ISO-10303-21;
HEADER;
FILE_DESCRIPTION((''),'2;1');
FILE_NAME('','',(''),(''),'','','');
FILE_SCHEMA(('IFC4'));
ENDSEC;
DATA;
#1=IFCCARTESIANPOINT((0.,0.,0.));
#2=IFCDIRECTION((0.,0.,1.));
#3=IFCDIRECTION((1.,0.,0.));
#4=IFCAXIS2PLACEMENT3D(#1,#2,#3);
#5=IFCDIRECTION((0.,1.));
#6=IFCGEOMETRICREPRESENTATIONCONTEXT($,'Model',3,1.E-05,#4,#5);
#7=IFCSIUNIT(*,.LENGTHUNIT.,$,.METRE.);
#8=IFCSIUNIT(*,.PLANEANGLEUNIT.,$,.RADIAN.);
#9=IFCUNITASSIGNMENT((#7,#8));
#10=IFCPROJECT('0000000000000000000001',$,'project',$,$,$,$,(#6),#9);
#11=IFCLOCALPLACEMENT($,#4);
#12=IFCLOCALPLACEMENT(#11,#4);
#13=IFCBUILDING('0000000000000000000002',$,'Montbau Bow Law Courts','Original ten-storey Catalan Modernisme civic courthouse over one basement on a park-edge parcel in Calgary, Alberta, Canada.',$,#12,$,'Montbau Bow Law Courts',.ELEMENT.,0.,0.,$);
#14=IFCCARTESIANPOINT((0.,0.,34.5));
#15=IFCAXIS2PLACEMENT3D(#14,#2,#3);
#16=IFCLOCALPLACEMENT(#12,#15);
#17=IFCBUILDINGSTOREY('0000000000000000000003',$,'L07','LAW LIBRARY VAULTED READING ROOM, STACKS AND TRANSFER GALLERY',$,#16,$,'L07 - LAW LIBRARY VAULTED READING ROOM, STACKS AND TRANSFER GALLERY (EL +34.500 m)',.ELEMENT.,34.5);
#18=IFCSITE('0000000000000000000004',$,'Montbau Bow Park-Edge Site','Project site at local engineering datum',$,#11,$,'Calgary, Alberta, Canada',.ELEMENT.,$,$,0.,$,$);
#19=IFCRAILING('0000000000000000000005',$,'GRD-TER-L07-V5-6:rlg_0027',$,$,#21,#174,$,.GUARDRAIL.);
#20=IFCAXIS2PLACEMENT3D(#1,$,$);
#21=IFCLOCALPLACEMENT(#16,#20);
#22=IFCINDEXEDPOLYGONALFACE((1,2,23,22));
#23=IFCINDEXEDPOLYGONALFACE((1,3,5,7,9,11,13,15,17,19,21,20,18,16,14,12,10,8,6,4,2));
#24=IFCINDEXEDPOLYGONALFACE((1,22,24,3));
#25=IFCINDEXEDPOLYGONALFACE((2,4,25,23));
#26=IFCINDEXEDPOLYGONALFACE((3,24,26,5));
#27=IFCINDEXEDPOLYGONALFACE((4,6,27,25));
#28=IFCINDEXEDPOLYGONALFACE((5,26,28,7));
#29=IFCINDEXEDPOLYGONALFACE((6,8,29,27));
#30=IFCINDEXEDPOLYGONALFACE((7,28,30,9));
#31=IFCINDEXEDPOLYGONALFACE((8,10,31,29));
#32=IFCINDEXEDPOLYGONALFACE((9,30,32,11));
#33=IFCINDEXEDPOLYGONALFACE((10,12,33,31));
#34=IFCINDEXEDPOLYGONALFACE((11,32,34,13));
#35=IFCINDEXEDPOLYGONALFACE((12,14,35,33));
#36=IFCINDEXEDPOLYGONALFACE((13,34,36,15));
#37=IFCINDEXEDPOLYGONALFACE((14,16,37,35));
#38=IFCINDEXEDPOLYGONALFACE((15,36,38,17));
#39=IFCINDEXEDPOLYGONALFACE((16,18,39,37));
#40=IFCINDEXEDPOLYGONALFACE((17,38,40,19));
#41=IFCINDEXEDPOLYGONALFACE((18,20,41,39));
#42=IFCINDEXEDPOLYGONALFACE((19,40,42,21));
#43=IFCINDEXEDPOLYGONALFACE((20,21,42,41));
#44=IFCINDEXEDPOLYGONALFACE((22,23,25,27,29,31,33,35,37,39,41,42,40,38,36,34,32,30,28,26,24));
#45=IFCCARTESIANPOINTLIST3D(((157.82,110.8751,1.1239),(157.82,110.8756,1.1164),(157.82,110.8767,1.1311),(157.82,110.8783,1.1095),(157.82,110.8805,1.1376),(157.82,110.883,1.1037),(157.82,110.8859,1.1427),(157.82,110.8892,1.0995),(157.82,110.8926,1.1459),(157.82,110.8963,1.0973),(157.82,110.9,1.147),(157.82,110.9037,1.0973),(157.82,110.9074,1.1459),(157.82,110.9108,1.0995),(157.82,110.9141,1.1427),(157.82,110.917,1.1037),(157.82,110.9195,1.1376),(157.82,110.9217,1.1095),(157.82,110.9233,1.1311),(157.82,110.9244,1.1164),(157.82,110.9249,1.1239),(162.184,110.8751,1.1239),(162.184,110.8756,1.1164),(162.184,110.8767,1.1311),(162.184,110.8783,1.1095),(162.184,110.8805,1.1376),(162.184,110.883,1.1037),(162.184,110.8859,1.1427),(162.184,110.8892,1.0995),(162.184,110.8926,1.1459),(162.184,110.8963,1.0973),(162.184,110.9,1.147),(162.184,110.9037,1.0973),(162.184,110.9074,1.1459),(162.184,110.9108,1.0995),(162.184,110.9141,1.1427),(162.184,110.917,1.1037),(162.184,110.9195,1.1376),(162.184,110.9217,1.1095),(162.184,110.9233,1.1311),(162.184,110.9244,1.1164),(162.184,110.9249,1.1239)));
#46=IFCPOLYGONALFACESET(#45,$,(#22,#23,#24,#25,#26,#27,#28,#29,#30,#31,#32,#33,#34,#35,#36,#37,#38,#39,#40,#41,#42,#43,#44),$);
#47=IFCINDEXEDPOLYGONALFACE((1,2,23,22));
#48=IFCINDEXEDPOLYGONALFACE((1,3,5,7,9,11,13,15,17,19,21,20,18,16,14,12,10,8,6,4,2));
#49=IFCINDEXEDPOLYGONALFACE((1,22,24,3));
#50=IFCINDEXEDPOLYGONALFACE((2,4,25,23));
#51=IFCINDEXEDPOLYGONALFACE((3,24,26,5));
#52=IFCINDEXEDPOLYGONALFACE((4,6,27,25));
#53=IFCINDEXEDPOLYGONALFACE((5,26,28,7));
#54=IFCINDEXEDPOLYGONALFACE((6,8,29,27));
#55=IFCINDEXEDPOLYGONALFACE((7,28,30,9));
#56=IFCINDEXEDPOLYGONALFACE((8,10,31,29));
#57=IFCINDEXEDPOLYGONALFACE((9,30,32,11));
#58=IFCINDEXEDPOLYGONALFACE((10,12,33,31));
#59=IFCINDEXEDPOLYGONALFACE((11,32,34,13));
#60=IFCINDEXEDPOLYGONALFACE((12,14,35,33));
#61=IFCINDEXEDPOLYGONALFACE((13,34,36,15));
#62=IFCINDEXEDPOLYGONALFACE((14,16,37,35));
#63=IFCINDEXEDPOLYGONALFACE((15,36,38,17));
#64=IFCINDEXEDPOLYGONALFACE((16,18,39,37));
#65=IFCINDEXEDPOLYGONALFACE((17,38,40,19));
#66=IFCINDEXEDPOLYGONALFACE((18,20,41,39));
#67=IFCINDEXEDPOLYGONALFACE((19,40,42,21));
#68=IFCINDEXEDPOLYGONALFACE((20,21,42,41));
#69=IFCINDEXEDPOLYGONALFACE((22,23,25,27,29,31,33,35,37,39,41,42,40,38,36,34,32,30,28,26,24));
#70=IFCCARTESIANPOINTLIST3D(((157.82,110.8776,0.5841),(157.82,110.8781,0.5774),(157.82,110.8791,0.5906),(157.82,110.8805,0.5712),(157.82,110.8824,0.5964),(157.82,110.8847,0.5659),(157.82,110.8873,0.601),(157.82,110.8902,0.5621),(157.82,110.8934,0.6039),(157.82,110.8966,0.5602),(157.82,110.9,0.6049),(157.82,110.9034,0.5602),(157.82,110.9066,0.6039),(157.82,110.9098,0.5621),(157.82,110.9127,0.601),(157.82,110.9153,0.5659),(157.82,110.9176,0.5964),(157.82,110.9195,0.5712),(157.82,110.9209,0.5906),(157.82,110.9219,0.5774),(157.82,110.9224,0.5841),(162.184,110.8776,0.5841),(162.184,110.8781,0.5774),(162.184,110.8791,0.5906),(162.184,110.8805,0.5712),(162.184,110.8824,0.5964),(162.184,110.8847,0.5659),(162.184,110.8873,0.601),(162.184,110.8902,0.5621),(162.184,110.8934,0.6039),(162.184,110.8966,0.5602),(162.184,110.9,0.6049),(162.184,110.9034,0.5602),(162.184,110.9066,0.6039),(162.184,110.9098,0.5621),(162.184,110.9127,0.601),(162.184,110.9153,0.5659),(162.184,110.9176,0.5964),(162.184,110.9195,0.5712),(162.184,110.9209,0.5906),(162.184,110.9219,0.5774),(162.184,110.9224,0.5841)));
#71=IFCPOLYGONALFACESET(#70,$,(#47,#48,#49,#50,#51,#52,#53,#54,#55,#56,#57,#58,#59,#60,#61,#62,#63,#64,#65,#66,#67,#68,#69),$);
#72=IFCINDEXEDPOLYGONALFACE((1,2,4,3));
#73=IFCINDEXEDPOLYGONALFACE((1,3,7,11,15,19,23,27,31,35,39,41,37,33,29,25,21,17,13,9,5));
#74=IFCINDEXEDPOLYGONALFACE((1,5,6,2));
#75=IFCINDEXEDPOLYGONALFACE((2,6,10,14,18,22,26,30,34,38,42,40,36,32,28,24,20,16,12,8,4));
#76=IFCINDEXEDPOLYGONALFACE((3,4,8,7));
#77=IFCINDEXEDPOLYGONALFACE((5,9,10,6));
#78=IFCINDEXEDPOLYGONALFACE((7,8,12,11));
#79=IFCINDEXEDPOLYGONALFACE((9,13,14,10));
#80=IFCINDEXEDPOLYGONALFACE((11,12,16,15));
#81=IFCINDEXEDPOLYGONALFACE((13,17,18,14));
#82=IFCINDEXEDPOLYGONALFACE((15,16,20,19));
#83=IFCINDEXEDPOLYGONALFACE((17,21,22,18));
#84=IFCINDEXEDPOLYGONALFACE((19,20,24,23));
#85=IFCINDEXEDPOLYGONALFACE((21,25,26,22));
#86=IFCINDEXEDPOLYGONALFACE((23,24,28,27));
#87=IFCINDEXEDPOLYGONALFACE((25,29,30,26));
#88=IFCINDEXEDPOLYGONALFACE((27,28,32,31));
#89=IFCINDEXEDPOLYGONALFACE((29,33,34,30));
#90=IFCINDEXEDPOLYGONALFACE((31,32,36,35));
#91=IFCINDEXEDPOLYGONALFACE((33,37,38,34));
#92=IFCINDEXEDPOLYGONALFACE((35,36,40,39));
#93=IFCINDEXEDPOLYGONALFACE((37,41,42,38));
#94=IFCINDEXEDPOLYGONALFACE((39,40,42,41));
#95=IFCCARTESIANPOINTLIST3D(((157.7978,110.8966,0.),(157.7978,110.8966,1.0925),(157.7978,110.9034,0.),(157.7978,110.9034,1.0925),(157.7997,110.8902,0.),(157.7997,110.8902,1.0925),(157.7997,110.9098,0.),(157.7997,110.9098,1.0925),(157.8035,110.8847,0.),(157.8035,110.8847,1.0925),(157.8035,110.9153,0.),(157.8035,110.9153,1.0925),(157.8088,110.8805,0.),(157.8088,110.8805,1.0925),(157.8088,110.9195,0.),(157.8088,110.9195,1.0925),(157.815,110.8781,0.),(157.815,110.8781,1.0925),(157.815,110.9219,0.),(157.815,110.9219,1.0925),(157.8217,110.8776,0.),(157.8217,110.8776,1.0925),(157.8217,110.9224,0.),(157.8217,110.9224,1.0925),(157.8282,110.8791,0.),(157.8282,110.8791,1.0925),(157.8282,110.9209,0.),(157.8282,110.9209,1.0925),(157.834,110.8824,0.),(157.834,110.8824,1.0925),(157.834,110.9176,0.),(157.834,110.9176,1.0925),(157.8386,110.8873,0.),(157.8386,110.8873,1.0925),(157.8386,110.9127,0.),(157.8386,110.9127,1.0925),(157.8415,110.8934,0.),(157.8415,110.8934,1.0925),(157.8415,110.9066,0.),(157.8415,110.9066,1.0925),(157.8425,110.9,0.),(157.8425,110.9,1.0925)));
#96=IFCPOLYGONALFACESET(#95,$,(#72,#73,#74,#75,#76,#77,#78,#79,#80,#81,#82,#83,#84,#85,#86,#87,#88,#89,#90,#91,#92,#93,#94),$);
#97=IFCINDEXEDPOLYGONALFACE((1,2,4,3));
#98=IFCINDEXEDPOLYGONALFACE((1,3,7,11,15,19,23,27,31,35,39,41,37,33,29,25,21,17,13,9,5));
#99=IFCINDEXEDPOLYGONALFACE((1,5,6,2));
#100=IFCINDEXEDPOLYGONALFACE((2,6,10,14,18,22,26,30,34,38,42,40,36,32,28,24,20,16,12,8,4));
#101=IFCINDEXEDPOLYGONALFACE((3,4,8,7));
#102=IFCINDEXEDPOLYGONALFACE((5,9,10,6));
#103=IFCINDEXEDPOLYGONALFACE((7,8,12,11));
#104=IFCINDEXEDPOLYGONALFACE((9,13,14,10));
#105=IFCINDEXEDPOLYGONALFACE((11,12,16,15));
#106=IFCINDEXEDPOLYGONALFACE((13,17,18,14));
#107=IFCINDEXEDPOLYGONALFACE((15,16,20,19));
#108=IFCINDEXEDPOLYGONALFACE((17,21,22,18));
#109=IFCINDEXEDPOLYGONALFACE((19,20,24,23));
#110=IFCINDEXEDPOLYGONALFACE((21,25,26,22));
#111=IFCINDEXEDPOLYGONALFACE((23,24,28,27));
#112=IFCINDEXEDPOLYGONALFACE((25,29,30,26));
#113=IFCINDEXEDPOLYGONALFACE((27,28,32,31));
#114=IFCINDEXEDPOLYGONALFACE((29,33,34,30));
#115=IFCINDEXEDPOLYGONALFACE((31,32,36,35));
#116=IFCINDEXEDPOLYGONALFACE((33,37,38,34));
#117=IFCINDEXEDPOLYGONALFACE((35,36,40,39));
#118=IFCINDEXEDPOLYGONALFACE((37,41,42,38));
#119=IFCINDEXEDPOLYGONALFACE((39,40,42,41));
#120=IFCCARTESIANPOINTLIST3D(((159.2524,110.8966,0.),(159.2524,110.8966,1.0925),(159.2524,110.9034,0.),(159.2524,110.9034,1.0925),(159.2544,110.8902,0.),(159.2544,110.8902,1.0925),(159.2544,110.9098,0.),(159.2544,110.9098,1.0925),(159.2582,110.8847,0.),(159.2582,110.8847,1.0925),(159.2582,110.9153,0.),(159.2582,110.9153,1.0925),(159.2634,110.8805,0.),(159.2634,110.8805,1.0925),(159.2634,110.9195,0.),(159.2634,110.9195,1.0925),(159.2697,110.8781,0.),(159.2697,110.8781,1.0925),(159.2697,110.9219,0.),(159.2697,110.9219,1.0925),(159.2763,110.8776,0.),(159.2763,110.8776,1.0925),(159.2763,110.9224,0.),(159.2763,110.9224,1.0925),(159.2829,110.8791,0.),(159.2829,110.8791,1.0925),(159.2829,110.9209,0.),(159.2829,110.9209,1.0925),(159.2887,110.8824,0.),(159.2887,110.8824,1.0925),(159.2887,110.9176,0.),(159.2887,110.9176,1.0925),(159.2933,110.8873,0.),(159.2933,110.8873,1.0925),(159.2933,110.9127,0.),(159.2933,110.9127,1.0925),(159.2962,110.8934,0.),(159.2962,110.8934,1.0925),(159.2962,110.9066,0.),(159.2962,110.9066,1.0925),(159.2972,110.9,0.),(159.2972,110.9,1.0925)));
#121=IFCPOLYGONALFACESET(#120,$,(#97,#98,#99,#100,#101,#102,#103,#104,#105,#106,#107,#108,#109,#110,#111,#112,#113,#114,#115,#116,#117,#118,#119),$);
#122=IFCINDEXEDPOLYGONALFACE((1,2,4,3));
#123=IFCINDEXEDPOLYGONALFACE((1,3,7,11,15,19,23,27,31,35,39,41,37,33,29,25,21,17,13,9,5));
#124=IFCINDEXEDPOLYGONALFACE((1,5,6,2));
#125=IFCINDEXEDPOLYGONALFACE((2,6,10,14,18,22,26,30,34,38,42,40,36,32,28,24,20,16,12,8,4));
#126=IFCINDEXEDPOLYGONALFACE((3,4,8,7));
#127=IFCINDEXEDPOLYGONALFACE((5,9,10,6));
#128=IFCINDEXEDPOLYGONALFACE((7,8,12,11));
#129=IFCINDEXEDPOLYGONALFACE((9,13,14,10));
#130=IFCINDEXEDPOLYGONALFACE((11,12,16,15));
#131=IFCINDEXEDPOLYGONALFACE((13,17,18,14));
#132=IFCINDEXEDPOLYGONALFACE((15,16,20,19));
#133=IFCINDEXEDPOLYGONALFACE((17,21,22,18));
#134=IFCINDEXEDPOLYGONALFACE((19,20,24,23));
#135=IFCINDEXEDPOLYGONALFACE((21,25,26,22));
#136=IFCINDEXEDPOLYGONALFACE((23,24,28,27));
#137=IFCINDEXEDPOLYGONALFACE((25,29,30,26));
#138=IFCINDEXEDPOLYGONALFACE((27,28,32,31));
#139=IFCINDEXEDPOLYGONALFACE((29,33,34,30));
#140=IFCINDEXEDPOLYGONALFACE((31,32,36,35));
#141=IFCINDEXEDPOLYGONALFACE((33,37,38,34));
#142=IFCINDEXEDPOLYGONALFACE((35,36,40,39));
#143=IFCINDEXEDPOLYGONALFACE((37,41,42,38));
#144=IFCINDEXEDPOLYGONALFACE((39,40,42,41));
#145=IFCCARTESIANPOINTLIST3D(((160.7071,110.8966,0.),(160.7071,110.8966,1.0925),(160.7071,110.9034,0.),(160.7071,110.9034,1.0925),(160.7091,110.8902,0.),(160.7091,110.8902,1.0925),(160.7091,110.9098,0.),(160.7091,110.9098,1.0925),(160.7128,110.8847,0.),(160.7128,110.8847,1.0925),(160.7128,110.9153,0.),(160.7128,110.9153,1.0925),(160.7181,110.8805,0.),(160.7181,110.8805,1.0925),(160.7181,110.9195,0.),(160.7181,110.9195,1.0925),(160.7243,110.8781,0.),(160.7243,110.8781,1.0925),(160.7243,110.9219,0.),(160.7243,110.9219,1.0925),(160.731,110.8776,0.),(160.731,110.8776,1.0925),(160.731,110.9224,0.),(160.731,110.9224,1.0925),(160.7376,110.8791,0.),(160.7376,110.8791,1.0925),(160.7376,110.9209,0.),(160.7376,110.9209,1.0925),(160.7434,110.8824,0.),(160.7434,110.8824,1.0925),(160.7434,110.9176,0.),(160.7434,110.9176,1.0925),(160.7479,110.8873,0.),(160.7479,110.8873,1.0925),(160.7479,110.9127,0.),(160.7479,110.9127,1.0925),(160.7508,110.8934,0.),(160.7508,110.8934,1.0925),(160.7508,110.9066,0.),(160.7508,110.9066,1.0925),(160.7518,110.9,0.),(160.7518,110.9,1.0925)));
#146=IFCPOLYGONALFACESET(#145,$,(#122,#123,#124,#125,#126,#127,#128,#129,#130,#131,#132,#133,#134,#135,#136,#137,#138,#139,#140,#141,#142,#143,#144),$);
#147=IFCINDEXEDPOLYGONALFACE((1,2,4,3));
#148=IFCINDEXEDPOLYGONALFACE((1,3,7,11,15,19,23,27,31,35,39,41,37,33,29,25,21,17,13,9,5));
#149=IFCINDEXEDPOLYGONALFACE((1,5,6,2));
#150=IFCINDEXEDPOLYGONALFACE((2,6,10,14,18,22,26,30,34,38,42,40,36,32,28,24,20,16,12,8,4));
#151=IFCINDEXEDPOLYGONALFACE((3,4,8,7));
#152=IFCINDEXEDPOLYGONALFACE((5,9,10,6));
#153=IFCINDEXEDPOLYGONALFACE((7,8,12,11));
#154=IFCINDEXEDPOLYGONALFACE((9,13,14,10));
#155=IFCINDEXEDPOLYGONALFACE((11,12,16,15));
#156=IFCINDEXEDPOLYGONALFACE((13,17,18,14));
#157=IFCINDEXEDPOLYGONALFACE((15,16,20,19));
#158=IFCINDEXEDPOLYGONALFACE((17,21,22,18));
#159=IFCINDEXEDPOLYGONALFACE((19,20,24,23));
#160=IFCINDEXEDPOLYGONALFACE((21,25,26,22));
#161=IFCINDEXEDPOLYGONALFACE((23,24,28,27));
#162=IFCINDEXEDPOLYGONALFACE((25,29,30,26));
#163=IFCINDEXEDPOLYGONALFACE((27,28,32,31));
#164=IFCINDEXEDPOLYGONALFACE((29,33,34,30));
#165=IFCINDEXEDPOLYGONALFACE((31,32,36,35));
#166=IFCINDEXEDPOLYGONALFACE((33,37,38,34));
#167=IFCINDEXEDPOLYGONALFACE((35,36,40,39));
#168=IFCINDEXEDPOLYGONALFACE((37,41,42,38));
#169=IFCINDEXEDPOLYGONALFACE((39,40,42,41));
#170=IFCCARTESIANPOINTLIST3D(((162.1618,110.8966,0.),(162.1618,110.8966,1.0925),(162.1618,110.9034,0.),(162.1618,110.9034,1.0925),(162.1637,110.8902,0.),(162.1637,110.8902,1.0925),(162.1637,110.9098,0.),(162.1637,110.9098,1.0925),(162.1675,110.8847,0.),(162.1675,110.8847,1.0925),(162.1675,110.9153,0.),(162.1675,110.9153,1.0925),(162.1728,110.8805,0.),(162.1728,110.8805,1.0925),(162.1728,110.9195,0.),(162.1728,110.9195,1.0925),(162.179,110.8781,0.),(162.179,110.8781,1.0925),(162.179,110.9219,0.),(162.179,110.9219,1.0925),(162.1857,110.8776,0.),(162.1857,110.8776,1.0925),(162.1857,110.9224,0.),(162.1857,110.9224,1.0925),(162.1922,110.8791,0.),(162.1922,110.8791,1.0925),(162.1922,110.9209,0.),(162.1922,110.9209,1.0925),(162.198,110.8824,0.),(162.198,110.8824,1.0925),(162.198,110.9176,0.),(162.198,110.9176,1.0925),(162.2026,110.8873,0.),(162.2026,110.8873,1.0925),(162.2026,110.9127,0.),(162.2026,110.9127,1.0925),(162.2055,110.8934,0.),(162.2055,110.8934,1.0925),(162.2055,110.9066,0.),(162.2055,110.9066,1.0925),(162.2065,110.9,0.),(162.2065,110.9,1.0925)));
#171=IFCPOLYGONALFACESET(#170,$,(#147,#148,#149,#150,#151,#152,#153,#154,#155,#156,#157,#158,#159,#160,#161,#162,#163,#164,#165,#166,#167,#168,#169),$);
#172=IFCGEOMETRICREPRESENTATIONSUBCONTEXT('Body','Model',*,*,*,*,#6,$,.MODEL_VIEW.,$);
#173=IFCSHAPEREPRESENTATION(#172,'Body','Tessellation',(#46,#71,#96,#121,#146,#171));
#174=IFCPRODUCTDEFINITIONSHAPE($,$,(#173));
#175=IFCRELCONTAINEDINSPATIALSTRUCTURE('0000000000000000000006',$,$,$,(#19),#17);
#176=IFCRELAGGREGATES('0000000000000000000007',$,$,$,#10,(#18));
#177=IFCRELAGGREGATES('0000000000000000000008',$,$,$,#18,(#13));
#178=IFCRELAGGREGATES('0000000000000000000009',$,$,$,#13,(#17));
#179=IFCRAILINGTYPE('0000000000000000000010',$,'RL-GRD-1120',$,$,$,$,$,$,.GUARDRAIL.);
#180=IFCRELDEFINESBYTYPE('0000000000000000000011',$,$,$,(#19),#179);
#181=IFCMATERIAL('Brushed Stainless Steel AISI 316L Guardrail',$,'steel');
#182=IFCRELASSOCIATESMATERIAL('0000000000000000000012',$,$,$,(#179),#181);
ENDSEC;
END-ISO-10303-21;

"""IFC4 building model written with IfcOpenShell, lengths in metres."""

from ifc_helpers import new_model, si_unit, direction, frame, origin_with_axes, origin_2d_with_axis, place, context, subcontext, project, spatial, circle, extrude, material, type_object, element, save


model = new_model("IFC4")

# Units and contexts
model_context = context("Model", 3, precision=1e-05, world=origin_with_axes(), true_north=direction((0.0, 1.0)))
body_context = subcontext(model_context, "Body", "Model", "MODEL_VIEW")
ifc_project = project(units=[si_unit("LENGTHUNIT", "METRE"), si_unit("PLANEANGLEUNIT", "RADIAN")], contexts=[model_context])

# Site, building, storey
site_placement = place(None, origin_with_axes())
site = spatial("IfcSite", under=ifc_project, at=site_placement, Name="Montbau Bow Park-Edge Site", Description="Project site at local engineering datum", LongName="Calgary, Alberta, Canada", CompositionType="ELEMENT", RefElevation=0.0)
building_placement = place(site_placement, origin_with_axes())
building = spatial("IfcBuilding", under=site, at=building_placement, Name="Montbau Bow Law Courts", Description="Original ten-storey Catalan Modernisme civic courthouse over one basement on a park-edge parcel in Calgary, Alberta, Canada.", LongName="Montbau Bow Law Courts", CompositionType="ELEMENT", ElevationOfRefHeight=0.0, ElevationOfTerrain=0.0)
storey_placement = place(building_placement, frame((0.0, 0.0, 34.5), z_axis=(0.0, 0.0, 1.0), x_axis=(1.0, 0.0, 0.0)))
storey = spatial("IfcBuildingStorey", under=building, at=storey_placement, Name="L07", Description="LAW LIBRARY VAULTED READING ROOM, STACKS AND TRANSFER GALLERY", LongName="L07 - LAW LIBRARY VAULTED READING ROOM, STACKS AND TRANSFER GALLERY (EL +34.500 m)", CompositionType="ELEMENT", Elevation=34.5)

# Railing
ifc_material_1 = material(Name="Brushed Stainless Steel AISI 316L Guardrail", Category="steel")
railing_type_1 = type_object("IfcRailingType", Name="RL-GRD-1120", PredefinedType="GUARDRAIL", material=ifc_material_1)
railing_1_placement = place(None, origin_with_axes())
element("IfcRailing", 1, at=railing_1_placement, inside=storey, type_object=railing_type_1, Name="GRD-TER-L07-V5-6:rlg_0027", PredefinedType="GUARDRAIL", context=body_context, shape_type="SweptSolid", body=[
    extrude(circle(Radius=0.025, at=origin_2d_with_axis()), frame((157.82, 110.9, 35.622), z_axis=(1.0, 0.0, 0.0), x_axis=(0.0, 0.0, 1.0)), (0.0, 0.0, 1.0), 4.364),
    extrude(circle(Radius=0.0225, at=origin_2d_with_axis()), frame((157.82, 110.9, 35.0824), z_axis=(1.0, 0.0, 0.0), x_axis=(0.0, 0.0, 1.0)), (0.0, 0.0, 1.0), 4.364),
    extrude(circle(Radius=0.0225, at=origin_2d_with_axis()), frame((157.82, 110.9, 34.5), z_axis=(0.0, 0.0, 1.0), x_axis=(1.0, 0.0, 0.0)), (0.0, 0.0, 1.0), 1.0925),
    extrude(circle(Radius=0.0225, at=origin_2d_with_axis()), frame((159.2747, 110.9, 34.5), z_axis=(0.0, 0.0, 1.0), x_axis=(1.0, 0.0, 0.0)), (0.0, 0.0, 1.0), 1.0925),
    extrude(circle(Radius=0.0225, at=origin_2d_with_axis()), frame((160.7293, 110.9, 34.5), z_axis=(0.0, 0.0, 1.0), x_axis=(1.0, 0.0, 0.0)), (0.0, 0.0, 1.0), 1.0925),
    extrude(circle(Radius=0.0225, at=origin_2d_with_axis()), frame((162.184, 110.9, 34.5), z_axis=(0.0, 0.0, 1.0), x_axis=(1.0, 0.0, 0.0)), (0.0, 0.0, 1.0), 1.0925),
])

save(model, "model.ifc")
